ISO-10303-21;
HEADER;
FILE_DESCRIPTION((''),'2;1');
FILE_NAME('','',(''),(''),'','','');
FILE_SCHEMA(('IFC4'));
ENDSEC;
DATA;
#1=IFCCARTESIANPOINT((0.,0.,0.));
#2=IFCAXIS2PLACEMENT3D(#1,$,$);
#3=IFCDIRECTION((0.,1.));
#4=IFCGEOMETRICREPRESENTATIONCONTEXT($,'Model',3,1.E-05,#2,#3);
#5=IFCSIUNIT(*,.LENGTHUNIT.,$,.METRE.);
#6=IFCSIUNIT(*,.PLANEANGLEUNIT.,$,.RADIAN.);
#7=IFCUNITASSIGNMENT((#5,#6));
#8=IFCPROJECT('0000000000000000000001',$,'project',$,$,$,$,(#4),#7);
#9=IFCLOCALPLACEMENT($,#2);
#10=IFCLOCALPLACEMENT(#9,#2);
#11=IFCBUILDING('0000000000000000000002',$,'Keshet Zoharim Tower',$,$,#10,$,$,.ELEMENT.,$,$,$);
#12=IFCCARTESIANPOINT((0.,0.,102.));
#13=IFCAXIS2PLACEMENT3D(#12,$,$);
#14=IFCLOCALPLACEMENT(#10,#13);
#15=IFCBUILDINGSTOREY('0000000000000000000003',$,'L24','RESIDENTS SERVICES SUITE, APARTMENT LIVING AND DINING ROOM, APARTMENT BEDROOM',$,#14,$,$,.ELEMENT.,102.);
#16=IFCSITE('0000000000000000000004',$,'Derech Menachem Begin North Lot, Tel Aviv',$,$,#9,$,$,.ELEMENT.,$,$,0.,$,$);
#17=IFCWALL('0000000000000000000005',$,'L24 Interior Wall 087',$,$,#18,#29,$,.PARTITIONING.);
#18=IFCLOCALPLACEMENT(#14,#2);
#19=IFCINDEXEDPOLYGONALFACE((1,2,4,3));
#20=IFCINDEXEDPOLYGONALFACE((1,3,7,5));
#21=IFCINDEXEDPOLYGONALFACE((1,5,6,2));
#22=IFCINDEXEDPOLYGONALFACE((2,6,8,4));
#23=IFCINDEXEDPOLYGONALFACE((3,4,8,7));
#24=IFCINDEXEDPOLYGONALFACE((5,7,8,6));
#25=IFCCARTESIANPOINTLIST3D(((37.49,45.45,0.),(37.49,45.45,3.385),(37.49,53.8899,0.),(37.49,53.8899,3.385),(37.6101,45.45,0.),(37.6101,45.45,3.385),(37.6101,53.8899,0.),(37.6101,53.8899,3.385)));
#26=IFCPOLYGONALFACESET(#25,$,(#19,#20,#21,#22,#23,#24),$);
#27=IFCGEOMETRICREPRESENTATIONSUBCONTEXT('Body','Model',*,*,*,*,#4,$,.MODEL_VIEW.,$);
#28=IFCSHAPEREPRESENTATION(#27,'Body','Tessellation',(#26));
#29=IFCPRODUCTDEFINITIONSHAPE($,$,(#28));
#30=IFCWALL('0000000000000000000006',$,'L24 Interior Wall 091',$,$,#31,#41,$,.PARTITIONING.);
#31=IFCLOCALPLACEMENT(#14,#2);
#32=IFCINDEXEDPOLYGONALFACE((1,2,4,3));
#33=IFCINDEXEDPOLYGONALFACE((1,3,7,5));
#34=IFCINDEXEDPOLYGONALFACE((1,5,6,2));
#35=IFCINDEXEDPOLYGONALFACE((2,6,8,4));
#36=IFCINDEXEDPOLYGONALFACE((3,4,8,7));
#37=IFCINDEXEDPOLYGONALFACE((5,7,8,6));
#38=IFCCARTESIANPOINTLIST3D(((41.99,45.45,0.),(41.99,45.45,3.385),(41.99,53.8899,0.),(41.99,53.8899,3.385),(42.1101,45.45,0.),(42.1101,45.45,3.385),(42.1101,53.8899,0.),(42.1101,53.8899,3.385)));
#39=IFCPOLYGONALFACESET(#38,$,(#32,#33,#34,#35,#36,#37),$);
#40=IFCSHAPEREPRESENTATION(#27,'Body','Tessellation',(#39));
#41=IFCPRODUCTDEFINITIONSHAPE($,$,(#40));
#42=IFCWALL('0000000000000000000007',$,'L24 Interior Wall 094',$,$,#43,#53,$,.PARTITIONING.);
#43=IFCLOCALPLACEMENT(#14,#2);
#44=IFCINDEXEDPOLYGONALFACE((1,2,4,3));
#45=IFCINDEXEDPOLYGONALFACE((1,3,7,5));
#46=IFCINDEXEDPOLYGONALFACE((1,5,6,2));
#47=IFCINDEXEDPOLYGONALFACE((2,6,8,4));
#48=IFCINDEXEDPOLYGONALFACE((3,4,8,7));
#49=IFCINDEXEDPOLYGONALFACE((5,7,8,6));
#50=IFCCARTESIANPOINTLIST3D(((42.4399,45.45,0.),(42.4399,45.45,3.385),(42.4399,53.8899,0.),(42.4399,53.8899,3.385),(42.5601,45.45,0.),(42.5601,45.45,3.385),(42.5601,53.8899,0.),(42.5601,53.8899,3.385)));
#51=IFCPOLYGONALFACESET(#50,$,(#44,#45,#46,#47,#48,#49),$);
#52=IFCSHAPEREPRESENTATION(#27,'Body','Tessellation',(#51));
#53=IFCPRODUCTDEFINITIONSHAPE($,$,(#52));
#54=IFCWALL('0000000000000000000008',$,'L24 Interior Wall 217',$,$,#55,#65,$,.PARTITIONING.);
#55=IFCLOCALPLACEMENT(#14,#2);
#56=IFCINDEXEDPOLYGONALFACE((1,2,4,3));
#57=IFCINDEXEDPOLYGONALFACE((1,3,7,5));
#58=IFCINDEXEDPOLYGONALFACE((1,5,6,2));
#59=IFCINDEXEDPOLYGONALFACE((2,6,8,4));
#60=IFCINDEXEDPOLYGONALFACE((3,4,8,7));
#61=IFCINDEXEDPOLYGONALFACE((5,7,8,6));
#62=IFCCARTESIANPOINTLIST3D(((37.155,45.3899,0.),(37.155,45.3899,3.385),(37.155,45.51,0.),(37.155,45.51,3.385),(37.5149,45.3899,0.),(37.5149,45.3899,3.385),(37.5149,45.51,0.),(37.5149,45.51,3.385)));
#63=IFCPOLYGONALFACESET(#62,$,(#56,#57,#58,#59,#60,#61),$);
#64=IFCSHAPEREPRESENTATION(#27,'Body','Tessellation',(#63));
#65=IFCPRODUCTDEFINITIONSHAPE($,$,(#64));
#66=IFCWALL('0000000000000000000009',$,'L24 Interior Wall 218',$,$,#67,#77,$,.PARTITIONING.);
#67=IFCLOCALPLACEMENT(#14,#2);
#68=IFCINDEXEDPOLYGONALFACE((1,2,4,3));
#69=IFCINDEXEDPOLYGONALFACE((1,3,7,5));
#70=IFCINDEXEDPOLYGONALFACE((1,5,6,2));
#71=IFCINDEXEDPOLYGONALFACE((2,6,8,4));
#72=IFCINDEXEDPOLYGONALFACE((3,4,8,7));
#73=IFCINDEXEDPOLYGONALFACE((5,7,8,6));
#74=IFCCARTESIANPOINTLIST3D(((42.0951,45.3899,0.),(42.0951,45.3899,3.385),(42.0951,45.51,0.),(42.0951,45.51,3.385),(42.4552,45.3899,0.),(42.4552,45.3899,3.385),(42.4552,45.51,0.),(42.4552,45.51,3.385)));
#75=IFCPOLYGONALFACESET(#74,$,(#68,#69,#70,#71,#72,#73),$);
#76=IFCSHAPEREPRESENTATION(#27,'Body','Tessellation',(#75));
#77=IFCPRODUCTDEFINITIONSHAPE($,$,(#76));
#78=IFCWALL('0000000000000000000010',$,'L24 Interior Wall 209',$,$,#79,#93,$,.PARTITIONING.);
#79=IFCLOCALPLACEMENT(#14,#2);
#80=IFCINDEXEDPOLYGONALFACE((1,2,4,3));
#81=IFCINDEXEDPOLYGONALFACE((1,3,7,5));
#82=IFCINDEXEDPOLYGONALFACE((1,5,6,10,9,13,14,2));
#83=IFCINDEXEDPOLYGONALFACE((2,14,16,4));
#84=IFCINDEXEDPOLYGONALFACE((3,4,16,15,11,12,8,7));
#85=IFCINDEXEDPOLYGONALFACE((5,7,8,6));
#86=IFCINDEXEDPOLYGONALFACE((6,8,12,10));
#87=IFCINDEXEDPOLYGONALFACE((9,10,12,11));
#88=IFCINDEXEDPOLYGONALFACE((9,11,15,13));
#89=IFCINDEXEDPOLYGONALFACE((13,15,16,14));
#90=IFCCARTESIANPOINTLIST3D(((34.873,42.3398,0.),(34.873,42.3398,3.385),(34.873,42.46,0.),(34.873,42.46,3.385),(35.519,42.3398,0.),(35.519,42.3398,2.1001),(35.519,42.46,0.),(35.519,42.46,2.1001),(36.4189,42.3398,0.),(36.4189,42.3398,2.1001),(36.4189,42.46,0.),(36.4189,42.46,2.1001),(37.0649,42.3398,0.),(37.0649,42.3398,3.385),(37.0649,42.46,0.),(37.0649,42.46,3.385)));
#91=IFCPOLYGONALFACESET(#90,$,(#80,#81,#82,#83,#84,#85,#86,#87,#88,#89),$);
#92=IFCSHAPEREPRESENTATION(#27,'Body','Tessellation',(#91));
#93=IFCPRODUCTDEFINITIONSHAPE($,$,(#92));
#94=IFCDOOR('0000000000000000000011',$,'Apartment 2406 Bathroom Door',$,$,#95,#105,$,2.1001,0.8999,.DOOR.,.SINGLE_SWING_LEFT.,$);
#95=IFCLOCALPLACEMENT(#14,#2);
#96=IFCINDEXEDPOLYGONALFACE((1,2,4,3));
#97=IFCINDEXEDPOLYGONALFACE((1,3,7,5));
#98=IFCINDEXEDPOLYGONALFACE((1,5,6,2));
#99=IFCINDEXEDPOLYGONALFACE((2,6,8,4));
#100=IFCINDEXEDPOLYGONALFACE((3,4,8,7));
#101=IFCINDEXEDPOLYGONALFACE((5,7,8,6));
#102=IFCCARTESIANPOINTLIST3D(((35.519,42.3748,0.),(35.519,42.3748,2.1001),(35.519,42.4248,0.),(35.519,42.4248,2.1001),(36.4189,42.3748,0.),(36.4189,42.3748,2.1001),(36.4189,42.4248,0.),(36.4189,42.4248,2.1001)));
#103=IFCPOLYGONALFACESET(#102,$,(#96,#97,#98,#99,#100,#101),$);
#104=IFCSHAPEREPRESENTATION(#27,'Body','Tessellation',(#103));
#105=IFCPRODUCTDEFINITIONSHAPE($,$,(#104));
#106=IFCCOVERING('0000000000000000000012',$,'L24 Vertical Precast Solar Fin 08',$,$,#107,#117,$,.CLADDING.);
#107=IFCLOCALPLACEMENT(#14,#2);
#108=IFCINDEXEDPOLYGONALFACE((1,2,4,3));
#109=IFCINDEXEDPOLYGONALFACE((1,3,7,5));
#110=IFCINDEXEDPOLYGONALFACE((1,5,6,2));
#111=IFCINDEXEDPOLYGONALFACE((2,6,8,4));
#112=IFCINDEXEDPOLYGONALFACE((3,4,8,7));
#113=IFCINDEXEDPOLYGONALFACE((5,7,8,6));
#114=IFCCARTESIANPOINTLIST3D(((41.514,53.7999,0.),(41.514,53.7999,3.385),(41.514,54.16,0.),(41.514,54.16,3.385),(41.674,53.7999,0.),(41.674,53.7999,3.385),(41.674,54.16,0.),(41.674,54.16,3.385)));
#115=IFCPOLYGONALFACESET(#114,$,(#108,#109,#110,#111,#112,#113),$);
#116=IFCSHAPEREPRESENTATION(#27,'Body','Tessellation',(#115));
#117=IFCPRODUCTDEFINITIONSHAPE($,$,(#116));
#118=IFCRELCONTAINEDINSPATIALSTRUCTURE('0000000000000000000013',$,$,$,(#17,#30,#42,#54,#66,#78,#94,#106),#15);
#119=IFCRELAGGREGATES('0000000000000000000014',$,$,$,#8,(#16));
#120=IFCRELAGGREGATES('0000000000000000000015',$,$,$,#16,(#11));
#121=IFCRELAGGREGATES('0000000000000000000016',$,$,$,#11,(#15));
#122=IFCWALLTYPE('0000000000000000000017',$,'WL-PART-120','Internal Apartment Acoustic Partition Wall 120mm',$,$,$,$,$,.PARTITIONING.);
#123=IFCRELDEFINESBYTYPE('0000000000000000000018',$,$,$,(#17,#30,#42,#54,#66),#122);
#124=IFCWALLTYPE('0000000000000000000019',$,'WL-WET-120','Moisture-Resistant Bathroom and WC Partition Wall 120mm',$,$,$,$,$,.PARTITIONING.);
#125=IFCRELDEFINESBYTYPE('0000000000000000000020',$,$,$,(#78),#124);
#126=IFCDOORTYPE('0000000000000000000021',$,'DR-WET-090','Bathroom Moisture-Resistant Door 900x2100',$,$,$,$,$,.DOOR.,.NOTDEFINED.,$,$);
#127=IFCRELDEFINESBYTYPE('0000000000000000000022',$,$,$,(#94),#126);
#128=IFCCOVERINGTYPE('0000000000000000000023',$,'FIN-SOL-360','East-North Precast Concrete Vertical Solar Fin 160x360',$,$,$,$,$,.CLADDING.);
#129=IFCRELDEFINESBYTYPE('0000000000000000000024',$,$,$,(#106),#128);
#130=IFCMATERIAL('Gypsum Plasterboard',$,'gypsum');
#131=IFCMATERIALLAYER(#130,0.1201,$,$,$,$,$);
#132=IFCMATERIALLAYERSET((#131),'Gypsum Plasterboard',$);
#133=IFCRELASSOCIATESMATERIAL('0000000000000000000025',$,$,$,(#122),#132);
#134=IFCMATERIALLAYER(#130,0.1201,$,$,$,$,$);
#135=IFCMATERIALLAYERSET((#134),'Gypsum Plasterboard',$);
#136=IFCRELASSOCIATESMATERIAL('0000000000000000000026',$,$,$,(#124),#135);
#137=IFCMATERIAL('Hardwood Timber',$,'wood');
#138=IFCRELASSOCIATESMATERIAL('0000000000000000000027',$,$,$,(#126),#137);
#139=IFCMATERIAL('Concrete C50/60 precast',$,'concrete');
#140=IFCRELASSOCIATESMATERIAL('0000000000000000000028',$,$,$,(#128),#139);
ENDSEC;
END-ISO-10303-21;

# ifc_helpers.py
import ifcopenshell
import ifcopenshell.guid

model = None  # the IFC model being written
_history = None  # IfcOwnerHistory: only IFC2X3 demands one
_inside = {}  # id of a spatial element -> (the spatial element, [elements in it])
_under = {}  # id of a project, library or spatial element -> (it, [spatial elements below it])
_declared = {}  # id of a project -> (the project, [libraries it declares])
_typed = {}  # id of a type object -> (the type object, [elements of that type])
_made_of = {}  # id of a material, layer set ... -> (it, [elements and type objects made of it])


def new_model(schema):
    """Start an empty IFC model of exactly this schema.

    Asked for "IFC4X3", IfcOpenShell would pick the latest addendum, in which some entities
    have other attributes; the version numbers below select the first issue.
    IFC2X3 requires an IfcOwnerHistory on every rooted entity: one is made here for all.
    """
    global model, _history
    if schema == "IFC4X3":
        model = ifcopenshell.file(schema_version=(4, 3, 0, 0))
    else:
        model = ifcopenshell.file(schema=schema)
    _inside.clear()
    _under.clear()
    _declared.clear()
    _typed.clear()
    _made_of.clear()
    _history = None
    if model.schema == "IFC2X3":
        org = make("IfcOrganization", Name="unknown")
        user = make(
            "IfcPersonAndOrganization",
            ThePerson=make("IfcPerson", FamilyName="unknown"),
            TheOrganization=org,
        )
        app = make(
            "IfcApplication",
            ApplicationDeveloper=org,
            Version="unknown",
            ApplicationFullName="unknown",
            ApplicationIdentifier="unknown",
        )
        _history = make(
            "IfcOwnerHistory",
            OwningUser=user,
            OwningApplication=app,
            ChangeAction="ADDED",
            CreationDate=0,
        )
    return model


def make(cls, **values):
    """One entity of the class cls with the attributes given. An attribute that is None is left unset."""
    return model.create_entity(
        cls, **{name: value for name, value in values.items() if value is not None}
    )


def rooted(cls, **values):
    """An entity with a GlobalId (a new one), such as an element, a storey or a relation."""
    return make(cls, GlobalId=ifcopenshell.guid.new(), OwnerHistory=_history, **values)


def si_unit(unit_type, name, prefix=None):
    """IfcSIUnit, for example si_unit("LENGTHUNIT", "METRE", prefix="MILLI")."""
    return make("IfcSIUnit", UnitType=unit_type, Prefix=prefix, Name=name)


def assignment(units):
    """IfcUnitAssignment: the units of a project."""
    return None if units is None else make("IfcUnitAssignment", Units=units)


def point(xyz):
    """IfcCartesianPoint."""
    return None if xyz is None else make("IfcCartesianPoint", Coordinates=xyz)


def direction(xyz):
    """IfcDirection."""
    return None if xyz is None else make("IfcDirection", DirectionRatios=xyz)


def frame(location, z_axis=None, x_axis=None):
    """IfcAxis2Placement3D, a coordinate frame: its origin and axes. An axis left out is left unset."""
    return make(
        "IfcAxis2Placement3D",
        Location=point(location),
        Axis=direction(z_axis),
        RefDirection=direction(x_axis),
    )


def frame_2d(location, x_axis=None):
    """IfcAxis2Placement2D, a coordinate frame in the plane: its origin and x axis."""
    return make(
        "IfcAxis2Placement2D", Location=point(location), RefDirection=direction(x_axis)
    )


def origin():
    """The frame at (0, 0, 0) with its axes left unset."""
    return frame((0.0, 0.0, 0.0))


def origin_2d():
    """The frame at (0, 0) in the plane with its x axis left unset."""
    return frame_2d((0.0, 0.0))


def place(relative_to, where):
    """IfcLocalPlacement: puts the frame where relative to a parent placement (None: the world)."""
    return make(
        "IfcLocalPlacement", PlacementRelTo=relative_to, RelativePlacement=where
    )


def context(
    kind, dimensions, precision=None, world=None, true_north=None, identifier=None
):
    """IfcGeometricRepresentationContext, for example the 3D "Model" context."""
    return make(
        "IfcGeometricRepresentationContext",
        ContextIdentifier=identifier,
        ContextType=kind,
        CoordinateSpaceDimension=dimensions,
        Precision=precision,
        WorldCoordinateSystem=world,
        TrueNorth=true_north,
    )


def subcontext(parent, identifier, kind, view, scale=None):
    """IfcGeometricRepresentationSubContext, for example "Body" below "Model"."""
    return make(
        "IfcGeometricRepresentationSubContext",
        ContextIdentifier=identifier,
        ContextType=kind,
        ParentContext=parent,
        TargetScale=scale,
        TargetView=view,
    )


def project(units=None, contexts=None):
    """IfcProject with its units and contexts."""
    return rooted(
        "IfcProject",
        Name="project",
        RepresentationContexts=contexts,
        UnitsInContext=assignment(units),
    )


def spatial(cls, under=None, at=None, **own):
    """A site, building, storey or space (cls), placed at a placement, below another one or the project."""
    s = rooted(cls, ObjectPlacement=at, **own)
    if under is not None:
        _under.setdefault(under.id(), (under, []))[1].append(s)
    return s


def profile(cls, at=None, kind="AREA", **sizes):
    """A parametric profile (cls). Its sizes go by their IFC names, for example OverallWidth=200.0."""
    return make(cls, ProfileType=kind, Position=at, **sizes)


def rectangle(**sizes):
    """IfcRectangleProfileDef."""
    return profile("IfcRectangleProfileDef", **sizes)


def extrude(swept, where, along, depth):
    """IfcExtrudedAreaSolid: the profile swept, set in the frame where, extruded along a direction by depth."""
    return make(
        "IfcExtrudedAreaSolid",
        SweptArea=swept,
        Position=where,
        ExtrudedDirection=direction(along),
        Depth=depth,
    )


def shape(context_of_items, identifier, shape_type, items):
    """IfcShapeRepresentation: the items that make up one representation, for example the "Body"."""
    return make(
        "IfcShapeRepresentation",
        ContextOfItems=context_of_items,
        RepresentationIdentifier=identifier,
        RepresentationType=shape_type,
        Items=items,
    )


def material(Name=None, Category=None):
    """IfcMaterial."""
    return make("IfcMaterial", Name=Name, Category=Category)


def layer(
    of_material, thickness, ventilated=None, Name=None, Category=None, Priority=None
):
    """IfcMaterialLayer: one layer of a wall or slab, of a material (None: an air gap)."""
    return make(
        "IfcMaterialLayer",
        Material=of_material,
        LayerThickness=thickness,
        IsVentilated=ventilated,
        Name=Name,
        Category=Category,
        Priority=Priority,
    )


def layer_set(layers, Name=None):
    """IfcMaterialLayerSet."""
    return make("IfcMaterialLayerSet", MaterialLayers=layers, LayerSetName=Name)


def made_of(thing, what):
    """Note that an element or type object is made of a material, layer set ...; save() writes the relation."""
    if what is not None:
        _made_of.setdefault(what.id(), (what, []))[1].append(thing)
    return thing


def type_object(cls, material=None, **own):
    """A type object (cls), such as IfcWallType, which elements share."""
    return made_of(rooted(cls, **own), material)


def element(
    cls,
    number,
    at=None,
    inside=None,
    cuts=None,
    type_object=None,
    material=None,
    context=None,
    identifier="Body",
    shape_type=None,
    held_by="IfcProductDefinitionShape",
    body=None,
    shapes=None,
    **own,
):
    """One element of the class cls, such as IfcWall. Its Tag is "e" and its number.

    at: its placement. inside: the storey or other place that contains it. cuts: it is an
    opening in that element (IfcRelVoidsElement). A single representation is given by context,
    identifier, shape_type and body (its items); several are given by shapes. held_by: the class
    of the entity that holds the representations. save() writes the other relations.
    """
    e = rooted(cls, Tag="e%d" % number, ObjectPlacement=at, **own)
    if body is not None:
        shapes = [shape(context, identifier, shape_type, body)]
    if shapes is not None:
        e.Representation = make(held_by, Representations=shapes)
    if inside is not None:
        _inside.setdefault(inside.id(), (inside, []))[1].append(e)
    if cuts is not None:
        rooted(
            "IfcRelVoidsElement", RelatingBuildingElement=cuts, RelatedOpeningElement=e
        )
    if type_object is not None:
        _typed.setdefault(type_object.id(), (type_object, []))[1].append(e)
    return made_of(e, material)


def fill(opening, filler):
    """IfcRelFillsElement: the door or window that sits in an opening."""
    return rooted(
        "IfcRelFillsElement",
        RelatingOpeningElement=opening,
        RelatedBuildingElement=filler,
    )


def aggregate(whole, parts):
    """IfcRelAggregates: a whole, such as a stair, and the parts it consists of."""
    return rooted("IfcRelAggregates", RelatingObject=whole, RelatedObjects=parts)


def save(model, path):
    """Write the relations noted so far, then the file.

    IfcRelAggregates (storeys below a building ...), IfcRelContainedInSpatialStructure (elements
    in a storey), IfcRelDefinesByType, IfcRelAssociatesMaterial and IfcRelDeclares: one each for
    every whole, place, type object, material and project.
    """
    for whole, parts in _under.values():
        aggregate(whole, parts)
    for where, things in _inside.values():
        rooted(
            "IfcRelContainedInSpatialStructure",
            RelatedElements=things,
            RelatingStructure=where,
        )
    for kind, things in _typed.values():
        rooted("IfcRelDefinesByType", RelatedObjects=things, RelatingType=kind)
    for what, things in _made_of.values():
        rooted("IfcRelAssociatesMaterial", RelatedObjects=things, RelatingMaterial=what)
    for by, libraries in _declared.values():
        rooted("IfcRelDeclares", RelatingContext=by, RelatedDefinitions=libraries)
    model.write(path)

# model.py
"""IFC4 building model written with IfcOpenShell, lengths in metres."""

from ifc_helpers import new_model, si_unit, direction, frame, frame_2d, origin, origin_2d, place, context, subcontext, project, spatial, rectangle, extrude, material, layer, layer_set, type_object, element, fill, save


model = new_model("IFC4")

# Units and contexts
model_context = context("Model", 3, precision=1e-05, world=origin(), true_north=direction((0.0, 1.0)))
body_context = subcontext(model_context, "Body", "Model", "MODEL_VIEW")
ifc_project = project(units=[si_unit("LENGTHUNIT", "METRE"), si_unit("PLANEANGLEUNIT", "RADIAN")], contexts=[model_context])

# Site, building, storey
site_placement = place(None, origin())
site = spatial("IfcSite", under=ifc_project, at=site_placement, Name="Derech Menachem Begin North Lot, Tel Aviv", CompositionType="ELEMENT", RefElevation=0.0)
building_placement = place(site_placement, origin())
building = spatial("IfcBuilding", under=site, at=building_placement, Name="Keshet Zoharim Tower", CompositionType="ELEMENT")
storey_placement = place(building_placement, frame((0.0, 0.0, 102.0)))
storey = spatial("IfcBuildingStorey", under=building, at=storey_placement, Name="L24", Description="RESIDENTS SERVICES SUITE, APARTMENT LIVING AND DINING ROOM, APARTMENT BEDROOM", CompositionType="ELEMENT", Elevation=102.0)

# Walls
ifc_material_1 = material(Name="Gypsum Plasterboard", Category="gypsum")
ifc_layer_1 = layer(ifc_material_1, 0.1201)
ifc_layer_set_1 = layer_set([ifc_layer_1], Name="Gypsum Plasterboard")
wall_type_1 = type_object("IfcWallType", Name="WL-PART-120", Description="Internal Apartment Acoustic Partition Wall 120mm", PredefinedType="PARTITIONING", material=ifc_layer_set_1)
for number, where, z_axis, x_axis, name in (
    (1, (37.55, 45.45, 0.0), (0.0, 0.0, 1.0), (0.0, 1.0, 0.0), "L24 Interior Wall 087"),
    (2, (42.05, 45.45, 0.0), (0.0, 0.0, 1.0), (0.0, 1.0, 0.0), "L24 Interior Wall 091"),
    (3, (42.5, 45.45, 0.0), (0.0, 0.0, 1.0), (0.0, 1.0, 0.0), "L24 Interior Wall 094"),
):
    element("IfcWall", number, at=place(storey_placement, frame(where, z_axis=z_axis, x_axis=x_axis)), inside=storey, type_object=wall_type_1, Name=name, PredefinedType="PARTITIONING", context=body_context, shape_type="SweptSolid", body=[
        extrude(rectangle(XDim=8.4399, YDim=0.1201, at=frame_2d((4.22, 0.0))), origin(), (0.0, 0.0, 1.0), 3.385),
    ])

# Shared definitions
ifc_material_2 = material(Name="Hardwood Timber", Category="wood")

# Walls
wall_1_placement = place(storey_placement, frame((37.155, 45.45, 0.0), z_axis=(0.0, 0.0, 1.0), x_axis=(1.0, 0.0, 0.0)))
element("IfcWall", 4, at=wall_1_placement, inside=storey, type_object=wall_type_1, Name="L24 Interior Wall 217", PredefinedType="PARTITIONING", context=body_context, shape_type="SweptSolid", body=[
    extrude(rectangle(XDim=0.3599, YDim=0.1201, at=frame_2d((0.1799, 0.0))), origin(), (0.0, 0.0, 1.0), 3.385),
])
wall_2_placement = place(storey_placement, frame((42.095, 45.45, 0.0), z_axis=(0.0, 0.0, 1.0), x_axis=(1.0, 0.0, 0.0)))
element("IfcWall", 5, at=wall_2_placement, inside=storey, type_object=wall_type_1, Name="L24 Interior Wall 218", PredefinedType="PARTITIONING", context=body_context, shape_type="SweptSolid", body=[
    extrude(rectangle(XDim=0.3601, YDim=0.1201, at=frame_2d((0.1802, 0.0))), origin(), (0.0, 0.0, 1.0), 3.385),
])

# Wall, opening, door
ifc_layer_2 = layer(ifc_material_1, 0.1201)
ifc_layer_set_2 = layer_set([ifc_layer_2], Name="Gypsum Plasterboard")
wall_type_2 = type_object("IfcWallType", Name="WL-WET-120", Description="Moisture-Resistant Bathroom and WC Partition Wall 120mm", PredefinedType="PARTITIONING", material=ifc_layer_set_2)
wall_3_placement = place(storey_placement, frame((34.873, 42.3999, 0.0), z_axis=(0.0, 0.0, 1.0), x_axis=(1.0, 0.0, 0.0)))
wall_3 = element("IfcWall", 6, at=wall_3_placement, inside=storey, type_object=wall_type_2, Name="L24 Interior Wall 209", PredefinedType="PARTITIONING", context=body_context, shape_type="SweptSolid", body=[
    extrude(rectangle(XDim=2.1919, YDim=0.1201, at=frame_2d((1.0959, 0.0))), origin(), (0.0, 0.0, 1.0), 3.385),
])
opening_1_placement = place(wall_3_placement, frame((0.646, 0.0, 0.0)))
opening_1 = element("IfcOpeningElement", 7, at=opening_1_placement, cuts=wall_3, PredefinedType="OPENING", context=body_context, shape_type="SweptSolid", body=[
    extrude(rectangle(XDim=0.8999, YDim=2.1001, at=frame_2d((0.45, 1.05))), frame((0.0, 0.0701, 0.0), z_axis=(0.0, -1.0, 0.0), x_axis=(1.0, 0.0, 0.0)), (0.0, 0.0, 1.0), 0.1401),
])
door_type_1 = type_object("IfcDoorType", Name="DR-WET-090", Description="Bathroom Moisture-Resistant Door 900x2100", OperationType="NOTDEFINED", PredefinedType="DOOR", material=ifc_material_2)
door_1_placement = place(opening_1_placement, origin())
door_1 = element("IfcDoor", 8, at=door_1_placement, inside=storey, type_object=door_type_1, Name="Apartment 2406 Bathroom Door", OperationType="SINGLE_SWING_LEFT", OverallHeight=2.1001, OverallWidth=0.8999, PredefinedType="DOOR", context=body_context, shape_type="SweptSolid", body=[
    extrude(rectangle(XDim=0.8999, YDim=2.1001, at=frame_2d((0.45, 1.05))), frame((0.0, 0.0249, 0.0), z_axis=(0.0, -1.0, 0.0), x_axis=(1.0, 0.0, 0.0)), (0.0, 0.0, 1.0), 0.05),
])
fill(opening_1, door_1)

# Covering
ifc_material_3 = material(Name="Concrete C50/60 precast", Category="concrete")
covering_type = type_object("IfcCoveringType", Name="FIN-SOL-360", Description="East-North Precast Concrete Vertical Solar Fin 160x360", PredefinedType="CLADDING", material=ifc_material_3)
covering_placement = place(storey_placement, frame((41.594, 53.98, 0.0), z_axis=(0.0, 0.0, 1.0), x_axis=(1.0, 0.0, 0.0)))
element("IfcCovering", 9, at=covering_placement, inside=storey, type_object=covering_type, Name="L24 Vertical Precast Solar Fin 08", PredefinedType="CLADDING", context=body_context, shape_type="SweptSolid", body=[
    extrude(rectangle(XDim=0.1599, YDim=0.3601, at=origin_2d()), origin(), (0.0, 0.0, 1.0), 3.385),
])

save(model, "model.ifc")
